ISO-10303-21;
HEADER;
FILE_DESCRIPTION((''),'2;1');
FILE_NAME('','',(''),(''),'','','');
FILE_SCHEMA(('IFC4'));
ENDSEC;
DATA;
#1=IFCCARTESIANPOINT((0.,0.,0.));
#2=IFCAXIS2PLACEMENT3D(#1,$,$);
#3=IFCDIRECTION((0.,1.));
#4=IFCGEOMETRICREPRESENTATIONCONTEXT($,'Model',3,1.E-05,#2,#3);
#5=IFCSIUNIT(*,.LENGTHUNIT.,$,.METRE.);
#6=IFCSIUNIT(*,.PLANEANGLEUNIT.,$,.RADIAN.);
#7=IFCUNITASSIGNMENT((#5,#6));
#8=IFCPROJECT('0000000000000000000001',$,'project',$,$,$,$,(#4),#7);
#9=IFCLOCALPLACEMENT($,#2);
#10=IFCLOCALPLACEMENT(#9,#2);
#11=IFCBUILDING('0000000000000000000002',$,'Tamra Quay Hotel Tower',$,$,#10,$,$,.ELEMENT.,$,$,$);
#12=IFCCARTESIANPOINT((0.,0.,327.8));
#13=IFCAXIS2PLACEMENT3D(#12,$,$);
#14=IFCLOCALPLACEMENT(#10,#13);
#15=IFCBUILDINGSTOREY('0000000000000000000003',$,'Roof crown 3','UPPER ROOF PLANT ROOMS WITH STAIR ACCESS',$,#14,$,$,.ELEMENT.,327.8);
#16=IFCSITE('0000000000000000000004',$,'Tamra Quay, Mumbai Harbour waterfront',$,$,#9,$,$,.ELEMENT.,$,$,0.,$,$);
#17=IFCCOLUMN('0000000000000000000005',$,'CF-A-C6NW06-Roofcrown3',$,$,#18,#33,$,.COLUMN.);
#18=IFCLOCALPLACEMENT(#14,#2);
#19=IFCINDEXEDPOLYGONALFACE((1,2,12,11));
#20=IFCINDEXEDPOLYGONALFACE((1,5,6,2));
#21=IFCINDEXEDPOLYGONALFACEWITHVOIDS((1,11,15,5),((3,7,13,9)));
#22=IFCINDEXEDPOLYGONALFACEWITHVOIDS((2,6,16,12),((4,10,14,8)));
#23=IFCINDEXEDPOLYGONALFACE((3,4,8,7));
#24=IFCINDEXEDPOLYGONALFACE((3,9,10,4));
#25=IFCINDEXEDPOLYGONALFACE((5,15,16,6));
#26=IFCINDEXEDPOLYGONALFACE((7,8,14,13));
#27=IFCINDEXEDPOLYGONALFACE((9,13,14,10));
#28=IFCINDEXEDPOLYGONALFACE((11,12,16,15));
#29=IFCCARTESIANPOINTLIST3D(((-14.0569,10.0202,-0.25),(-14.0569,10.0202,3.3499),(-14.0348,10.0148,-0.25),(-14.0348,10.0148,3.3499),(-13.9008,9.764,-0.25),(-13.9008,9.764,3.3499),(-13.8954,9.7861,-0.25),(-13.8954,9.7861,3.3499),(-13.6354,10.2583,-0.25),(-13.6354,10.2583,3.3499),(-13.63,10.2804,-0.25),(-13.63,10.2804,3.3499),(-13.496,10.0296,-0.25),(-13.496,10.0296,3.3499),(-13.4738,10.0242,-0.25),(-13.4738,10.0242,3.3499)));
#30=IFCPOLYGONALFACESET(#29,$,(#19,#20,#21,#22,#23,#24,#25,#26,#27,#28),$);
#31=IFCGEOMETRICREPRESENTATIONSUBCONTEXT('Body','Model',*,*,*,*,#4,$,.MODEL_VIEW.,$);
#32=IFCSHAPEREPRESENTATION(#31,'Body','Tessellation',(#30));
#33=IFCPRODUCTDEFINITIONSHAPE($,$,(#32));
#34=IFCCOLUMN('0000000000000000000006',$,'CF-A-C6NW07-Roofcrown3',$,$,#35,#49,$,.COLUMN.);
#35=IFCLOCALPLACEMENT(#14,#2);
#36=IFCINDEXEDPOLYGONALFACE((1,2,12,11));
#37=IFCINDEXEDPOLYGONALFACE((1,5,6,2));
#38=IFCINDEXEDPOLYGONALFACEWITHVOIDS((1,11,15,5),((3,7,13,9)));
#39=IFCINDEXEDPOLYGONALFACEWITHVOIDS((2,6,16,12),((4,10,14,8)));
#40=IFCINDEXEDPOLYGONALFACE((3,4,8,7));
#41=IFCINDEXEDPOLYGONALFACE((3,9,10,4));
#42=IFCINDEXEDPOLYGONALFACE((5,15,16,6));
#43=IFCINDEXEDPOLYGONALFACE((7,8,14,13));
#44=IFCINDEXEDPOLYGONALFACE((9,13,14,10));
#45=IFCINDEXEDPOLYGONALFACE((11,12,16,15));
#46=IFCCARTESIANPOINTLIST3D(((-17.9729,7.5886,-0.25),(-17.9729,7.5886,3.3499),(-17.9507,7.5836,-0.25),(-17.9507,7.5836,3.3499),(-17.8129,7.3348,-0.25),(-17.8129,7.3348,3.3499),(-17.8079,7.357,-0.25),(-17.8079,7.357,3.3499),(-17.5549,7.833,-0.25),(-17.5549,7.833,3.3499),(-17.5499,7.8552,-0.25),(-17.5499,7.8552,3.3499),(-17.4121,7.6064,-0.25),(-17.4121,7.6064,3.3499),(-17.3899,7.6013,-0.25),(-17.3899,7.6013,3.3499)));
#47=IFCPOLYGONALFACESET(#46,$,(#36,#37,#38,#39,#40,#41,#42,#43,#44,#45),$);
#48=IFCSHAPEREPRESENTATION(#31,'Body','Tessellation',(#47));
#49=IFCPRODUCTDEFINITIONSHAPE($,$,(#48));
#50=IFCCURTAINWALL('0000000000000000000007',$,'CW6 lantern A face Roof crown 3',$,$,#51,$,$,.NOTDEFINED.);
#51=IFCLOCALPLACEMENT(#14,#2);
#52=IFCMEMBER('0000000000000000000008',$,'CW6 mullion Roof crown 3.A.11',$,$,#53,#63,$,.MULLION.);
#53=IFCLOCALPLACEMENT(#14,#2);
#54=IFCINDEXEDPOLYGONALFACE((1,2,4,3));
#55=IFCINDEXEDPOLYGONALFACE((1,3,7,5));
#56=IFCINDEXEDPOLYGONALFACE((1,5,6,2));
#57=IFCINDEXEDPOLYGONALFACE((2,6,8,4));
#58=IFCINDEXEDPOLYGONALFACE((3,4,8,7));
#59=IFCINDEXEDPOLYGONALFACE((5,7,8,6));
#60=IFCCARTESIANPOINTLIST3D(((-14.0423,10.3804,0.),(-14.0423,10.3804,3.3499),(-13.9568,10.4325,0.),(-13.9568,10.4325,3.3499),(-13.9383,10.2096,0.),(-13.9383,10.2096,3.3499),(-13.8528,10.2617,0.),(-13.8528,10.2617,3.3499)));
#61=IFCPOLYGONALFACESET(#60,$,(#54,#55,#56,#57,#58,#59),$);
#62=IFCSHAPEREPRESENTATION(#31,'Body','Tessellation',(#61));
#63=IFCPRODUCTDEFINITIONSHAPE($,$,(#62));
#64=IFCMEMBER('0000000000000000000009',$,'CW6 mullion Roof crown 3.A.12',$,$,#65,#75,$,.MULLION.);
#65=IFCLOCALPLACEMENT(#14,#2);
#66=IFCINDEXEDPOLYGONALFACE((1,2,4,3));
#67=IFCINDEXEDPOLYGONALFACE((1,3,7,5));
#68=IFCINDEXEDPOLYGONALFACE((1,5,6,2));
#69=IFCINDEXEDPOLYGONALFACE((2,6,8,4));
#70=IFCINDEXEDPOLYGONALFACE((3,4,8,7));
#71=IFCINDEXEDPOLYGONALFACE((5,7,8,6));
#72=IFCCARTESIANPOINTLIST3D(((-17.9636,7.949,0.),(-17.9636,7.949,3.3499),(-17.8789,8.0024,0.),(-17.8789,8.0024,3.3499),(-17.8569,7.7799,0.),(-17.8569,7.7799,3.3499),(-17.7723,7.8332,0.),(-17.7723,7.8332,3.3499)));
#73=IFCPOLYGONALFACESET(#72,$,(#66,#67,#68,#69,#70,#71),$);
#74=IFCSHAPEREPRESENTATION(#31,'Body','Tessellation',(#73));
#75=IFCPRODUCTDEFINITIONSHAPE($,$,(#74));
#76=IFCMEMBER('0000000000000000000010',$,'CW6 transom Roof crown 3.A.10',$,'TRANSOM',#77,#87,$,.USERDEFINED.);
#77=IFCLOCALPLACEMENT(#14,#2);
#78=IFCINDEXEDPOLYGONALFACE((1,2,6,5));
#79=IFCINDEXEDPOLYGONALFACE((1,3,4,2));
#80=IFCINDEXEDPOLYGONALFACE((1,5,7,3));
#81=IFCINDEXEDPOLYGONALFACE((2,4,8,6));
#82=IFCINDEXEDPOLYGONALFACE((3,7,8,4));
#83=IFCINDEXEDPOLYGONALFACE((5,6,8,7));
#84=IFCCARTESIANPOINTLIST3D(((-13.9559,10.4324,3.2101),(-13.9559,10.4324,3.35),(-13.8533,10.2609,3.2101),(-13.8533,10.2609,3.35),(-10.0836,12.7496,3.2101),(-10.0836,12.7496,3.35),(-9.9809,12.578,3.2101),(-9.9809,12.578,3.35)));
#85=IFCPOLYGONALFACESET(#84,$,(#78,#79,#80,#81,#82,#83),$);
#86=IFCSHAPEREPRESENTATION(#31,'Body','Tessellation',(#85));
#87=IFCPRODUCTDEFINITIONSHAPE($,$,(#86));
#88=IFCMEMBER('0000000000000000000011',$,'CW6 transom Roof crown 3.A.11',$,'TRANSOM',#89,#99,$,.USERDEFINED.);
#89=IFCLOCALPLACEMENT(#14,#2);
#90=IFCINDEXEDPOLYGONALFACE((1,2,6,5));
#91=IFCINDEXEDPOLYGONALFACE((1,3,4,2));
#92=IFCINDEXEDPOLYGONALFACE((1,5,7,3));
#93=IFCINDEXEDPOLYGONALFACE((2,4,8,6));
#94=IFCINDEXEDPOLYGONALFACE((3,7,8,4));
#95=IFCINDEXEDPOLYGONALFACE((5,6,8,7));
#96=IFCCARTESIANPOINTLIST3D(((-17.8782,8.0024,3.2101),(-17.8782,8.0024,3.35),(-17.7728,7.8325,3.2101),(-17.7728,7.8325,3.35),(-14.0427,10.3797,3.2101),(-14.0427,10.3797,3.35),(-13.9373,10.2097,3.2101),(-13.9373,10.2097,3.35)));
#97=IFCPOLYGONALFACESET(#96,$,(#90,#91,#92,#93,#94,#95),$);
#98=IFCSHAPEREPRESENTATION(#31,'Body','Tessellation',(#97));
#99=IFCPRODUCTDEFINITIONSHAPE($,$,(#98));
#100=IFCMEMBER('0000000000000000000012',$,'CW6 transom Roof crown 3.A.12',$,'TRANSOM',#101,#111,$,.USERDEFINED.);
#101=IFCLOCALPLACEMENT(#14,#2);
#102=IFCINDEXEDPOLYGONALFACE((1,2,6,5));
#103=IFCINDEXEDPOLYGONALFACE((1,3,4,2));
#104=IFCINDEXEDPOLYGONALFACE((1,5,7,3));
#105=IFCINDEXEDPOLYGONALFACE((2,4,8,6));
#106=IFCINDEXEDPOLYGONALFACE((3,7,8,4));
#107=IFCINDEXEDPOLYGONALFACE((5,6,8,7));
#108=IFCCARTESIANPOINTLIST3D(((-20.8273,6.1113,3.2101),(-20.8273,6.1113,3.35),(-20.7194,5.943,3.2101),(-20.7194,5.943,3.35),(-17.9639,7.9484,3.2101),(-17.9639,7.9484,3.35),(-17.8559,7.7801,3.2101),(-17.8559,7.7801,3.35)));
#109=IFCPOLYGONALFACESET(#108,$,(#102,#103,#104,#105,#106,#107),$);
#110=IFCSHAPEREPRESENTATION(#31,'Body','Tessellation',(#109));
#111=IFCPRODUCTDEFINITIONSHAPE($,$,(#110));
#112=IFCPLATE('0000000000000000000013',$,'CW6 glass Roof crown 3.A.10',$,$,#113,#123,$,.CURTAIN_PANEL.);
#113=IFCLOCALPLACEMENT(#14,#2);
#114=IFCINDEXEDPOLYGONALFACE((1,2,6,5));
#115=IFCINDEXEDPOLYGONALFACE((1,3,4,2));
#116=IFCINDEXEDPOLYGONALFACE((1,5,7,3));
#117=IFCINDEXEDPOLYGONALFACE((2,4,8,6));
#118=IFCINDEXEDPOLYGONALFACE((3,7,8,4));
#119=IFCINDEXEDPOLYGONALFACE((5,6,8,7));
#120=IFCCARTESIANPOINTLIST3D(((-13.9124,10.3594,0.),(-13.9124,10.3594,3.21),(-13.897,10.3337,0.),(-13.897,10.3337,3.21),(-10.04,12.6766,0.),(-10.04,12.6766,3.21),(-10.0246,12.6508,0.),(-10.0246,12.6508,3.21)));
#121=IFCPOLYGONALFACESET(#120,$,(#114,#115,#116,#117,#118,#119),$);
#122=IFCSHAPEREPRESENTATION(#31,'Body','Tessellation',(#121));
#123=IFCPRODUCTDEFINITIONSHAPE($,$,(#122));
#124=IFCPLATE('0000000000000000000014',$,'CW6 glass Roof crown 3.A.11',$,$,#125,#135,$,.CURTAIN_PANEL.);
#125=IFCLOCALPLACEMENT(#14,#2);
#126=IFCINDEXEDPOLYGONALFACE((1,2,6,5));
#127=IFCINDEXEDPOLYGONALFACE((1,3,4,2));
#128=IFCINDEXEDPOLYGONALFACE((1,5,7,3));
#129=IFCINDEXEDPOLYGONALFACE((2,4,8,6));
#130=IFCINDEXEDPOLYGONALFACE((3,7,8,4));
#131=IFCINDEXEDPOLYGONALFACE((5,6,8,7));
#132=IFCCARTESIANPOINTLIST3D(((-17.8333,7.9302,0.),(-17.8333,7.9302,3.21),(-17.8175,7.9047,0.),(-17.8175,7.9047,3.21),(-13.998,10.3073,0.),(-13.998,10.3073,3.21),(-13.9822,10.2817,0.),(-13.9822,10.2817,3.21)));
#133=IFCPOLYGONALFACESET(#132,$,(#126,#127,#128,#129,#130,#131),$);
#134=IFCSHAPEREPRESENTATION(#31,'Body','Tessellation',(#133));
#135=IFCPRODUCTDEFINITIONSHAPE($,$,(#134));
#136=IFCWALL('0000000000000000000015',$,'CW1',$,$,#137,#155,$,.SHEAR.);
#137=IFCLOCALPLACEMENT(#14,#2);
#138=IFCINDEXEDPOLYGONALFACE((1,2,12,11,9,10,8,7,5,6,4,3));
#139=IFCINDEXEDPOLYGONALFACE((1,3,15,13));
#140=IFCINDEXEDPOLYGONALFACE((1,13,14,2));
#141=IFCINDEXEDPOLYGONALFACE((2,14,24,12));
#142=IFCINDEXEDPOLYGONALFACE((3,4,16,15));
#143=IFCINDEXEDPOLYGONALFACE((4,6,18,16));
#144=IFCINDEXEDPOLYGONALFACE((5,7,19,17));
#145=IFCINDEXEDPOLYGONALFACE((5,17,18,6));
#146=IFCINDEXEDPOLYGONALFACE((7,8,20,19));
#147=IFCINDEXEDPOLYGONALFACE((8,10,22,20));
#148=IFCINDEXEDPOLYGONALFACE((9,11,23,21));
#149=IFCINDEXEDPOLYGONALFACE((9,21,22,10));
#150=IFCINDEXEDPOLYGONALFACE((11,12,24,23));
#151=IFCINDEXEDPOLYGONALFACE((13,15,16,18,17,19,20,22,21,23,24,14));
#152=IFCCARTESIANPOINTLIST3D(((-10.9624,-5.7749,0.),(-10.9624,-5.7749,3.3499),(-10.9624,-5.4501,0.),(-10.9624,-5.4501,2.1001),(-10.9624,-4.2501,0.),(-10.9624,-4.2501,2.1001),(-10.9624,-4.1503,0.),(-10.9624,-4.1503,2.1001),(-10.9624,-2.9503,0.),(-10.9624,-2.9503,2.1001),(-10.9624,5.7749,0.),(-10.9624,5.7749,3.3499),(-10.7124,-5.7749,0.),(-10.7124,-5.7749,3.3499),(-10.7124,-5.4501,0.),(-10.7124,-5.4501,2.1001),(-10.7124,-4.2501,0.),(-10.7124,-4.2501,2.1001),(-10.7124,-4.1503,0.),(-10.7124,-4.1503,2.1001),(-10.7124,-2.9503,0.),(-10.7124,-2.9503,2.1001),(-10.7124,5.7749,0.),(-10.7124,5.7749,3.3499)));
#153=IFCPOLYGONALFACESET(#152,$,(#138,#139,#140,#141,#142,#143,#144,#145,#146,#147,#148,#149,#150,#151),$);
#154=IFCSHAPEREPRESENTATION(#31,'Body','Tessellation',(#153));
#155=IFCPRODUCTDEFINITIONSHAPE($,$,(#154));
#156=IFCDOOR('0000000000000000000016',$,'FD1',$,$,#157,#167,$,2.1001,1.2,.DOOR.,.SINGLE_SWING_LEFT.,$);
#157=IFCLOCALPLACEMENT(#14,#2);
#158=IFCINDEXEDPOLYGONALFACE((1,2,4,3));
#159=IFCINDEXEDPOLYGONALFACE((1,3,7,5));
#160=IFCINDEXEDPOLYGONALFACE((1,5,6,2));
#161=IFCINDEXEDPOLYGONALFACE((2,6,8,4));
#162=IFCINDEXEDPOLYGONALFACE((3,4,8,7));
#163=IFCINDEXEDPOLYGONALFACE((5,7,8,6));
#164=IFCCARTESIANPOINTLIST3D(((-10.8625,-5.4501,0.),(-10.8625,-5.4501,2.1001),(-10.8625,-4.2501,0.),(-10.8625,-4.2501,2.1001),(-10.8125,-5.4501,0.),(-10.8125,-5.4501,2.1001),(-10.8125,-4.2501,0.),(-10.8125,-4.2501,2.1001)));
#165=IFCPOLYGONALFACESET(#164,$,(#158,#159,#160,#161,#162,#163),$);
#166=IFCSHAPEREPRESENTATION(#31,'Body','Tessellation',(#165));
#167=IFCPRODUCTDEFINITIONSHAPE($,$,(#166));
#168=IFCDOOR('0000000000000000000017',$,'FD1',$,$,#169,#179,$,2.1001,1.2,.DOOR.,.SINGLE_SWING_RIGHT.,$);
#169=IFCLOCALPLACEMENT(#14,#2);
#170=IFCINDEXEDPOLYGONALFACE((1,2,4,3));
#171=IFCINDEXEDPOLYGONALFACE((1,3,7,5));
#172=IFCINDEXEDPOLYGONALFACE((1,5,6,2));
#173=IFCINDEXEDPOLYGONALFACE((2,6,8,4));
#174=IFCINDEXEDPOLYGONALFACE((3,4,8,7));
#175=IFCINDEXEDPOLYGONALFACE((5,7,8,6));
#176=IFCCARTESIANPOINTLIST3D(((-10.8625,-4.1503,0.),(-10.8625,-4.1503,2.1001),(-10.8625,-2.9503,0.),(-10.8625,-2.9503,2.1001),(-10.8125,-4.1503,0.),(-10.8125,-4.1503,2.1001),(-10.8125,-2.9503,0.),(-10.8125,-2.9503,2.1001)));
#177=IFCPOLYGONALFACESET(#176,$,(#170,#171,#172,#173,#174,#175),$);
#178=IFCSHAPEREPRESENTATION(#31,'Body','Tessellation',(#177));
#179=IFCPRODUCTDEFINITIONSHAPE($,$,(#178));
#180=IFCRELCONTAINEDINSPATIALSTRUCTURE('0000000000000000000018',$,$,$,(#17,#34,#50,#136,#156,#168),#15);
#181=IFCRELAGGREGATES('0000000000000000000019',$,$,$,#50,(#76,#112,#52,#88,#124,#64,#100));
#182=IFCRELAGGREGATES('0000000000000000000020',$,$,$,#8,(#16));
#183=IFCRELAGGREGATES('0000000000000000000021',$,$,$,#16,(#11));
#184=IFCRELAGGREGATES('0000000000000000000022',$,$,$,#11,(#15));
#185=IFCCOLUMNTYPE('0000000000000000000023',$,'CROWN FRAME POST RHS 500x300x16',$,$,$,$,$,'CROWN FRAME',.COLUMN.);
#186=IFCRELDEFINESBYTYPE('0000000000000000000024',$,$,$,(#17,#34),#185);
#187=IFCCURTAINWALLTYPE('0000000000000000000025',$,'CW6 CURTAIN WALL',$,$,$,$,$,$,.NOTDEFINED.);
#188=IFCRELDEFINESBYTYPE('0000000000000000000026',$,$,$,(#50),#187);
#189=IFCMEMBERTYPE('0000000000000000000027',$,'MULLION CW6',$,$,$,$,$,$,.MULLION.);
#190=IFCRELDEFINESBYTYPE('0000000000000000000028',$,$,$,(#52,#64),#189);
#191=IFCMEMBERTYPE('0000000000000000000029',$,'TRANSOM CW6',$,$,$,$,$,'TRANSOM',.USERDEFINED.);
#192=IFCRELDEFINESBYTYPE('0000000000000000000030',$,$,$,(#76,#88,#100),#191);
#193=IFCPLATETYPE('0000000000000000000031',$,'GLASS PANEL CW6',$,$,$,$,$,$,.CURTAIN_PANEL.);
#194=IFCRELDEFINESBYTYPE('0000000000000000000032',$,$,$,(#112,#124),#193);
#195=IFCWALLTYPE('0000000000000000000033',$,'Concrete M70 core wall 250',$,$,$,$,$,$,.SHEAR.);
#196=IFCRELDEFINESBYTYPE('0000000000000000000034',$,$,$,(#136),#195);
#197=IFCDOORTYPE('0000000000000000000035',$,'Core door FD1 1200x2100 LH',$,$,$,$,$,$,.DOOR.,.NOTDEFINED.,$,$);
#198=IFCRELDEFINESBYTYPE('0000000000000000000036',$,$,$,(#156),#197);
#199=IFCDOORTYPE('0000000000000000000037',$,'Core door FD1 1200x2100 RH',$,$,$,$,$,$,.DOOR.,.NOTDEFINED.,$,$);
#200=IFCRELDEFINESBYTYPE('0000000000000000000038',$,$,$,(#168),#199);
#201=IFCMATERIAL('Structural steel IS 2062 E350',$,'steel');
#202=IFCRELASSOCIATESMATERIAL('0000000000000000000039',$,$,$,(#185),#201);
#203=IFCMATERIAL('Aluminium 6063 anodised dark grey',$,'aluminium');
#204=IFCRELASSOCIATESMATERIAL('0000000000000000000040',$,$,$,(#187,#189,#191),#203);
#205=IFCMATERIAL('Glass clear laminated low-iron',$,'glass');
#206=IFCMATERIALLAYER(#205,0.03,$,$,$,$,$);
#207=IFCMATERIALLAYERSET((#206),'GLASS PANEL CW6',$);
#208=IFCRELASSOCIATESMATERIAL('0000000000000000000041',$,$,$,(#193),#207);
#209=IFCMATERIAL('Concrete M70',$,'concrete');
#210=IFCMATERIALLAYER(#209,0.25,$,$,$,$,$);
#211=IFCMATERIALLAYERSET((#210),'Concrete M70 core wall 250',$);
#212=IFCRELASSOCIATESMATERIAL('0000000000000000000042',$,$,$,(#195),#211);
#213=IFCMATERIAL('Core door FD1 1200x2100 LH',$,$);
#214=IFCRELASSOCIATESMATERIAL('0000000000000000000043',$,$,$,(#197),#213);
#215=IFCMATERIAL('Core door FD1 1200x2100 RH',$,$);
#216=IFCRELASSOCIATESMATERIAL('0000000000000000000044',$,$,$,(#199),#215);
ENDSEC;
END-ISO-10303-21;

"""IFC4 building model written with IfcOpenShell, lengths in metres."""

from ifc_helpers import new_model, si_unit, direction, frame, frame_2d, origin, origin_2d, place, context, subcontext, project, spatial, rectangle, hollow_rectangle, extrude, material, layer, layer_set, material_profile, profile_set, type_object, element, fill, aggregate, save


model = new_model("IFC4")

# Units and contexts
model_context = context("Model", 3, precision=1e-05, world=origin(), true_north=direction((0.0, 1.0)))
body_context = subcontext(model_context, "Body", "Model", "MODEL_VIEW")
ifc_project = project(units=[si_unit("LENGTHUNIT", "METRE"), si_unit("PLANEANGLEUNIT", "RADIAN")], contexts=[model_context])

# Site, building, storey
site_placement = place(None, origin())
site = spatial("IfcSite", under=ifc_project, at=site_placement, Name="Tamra Quay, Mumbai Harbour waterfront", CompositionType="ELEMENT", RefElevation=0.0)
building_placement = place(site_placement, origin())
building = spatial("IfcBuilding", under=site, at=building_placement, Name="Tamra Quay Hotel Tower", CompositionType="ELEMENT")
storey_placement = place(building_placement, frame((0.0, 0.0, 327.8)))
storey = spatial("IfcBuildingStorey", under=building, at=storey_placement, Name="Roof crown 3", Description="UPPER ROOF PLANT ROOMS WITH STAIR ACCESS", CompositionType="ELEMENT", Elevation=327.8)

# Columns
ifc_material_1 = material(Name="Structural steel IS 2062 E350", Category="steel")
ifc_material_profile_1 = material_profile(ifc_material_1, hollow_rectangle(XDim=0.3, YDim=0.5, WallThickness=0.0161, at=origin_2d()), Name="RHS 500x300x16")
ifc_profile_set_1 = profile_set([ifc_material_profile_1], Name="Structural steel IS 2062 E350")
column_type = type_object("IfcColumnType", Name="CROWN FRAME POST RHS 500x300x16", ElementType="CROWN FRAME", PredefinedType="COLUMN", material=ifc_profile_set_1)
for number, where, z_axis, x_axis, name in (
    (1, (-13.7654, 10.0222, -0.25), (0.0, 0.0, 1.0), (-0.52043, 0.853904, 0.0), "CF-A-C6NW06-Roofcrown3"),
    (2, (-17.6814, 7.595, -0.25), (0.0, 0.0, 1.0), (-0.533133, 0.846031, 0.0), "CF-A-C6NW07-Roofcrown3"),
):
    element("IfcColumn", number, at=place(storey_placement, frame(where, z_axis=z_axis, x_axis=x_axis)), inside=storey, type_object=column_type, Name=name, PredefinedType="COLUMN", context=body_context, shape_type="SweptSolid", body=[
        extrude(hollow_rectangle(XDim=0.3, YDim=0.5, WallThickness=0.0161, at=origin_2d()), origin(), (0.0, 0.0, 1.0), 3.5999),
    ])

# Curtain wall, members, plates
ifc_material_2 = material(Name="Aluminium 6063 anodised dark grey", Category="aluminium")
curtain_wall_type = type_object("IfcCurtainWallType", Name="CW6 CURTAIN WALL", PredefinedType="NOTDEFINED", material=ifc_material_2)
curtain_wall_placement = place(storey_placement, origin())
curtain_wall = element("IfcCurtainWall", 3, at=curtain_wall_placement, inside=storey, type_object=curtain_wall_type, Name="CW6 lantern A face Roof crown 3", PredefinedType="NOTDEFINED")
ifc_material_profile_2 = material_profile(ifc_material_2, rectangle(XDim=0.2, YDim=0.1001, at=origin_2d()), Name="MULLION 100X200")
ifc_profile_set_2 = profile_set([ifc_material_profile_2], Name="Aluminium 6063 anodised dark grey")
member_type_1 = type_object("IfcMemberType", Name="MULLION CW6", PredefinedType="MULLION", material=ifc_profile_set_2)
member_1_placement = place(storey_placement, frame((-13.9475, 10.321, 0.0), z_axis=(0.0, 0.0, 1.0), x_axis=(-0.52016, 0.854069, 0.0)))
member_1 = element("IfcMember", 4, at=member_1_placement, type_object=member_type_1, Name="CW6 mullion Roof crown 3.A.11", PredefinedType="MULLION", context=body_context, shape_type="SweptSolid", body=[
    extrude(rectangle(XDim=0.2, YDim=0.1001, at=origin_2d()), origin(), (0.0, 0.0, 1.0), 3.3499),
])
member_2_placement = place(storey_placement, frame((-17.8679, 7.8911, 0.0), z_axis=(0.0, 0.0, 1.0), x_axis=(-0.533422, 0.845849, 0.0)))
member_2 = element("IfcMember", 5, at=member_2_placement, type_object=member_type_1, Name="CW6 mullion Roof crown 3.A.12", PredefinedType="MULLION", context=body_context, shape_type="SweptSolid", body=[
    extrude(rectangle(XDim=0.2, YDim=0.1001, at=origin_2d()), origin(), (0.0, 0.0, 1.0), 3.3499),
])
ifc_material_profile_3 = material_profile(ifc_material_2, rectangle(XDim=0.2, YDim=0.1399, at=origin_2d()), Name="TRANSOM 200X140")
ifc_profile_set_3 = profile_set([ifc_material_profile_3], Name="Aluminium 6063 anodised dark grey")
member_type_2 = type_object("IfcMemberType", Name="TRANSOM CW6", ElementType="TRANSOM", PredefinedType="USERDEFINED", material=ifc_profile_set_3)
member_3_placement = place(storey_placement, frame((-10.0322, 12.6638, 3.28), z_axis=(-0.858103, -0.513477, 0.0), x_axis=(0.513477, -0.858103, 0.0)))
member_3 = element("IfcMember", 6, at=member_3_placement, type_object=member_type_2, Name="CW6 transom Roof crown 3.A.10", ObjectType="TRANSOM", PredefinedType="USERDEFINED", context=body_context, shape_type="SweptSolid", body=[
    extrude(rectangle(XDim=0.2, YDim=0.1399, at=origin_2d()), origin(), (0.0, 0.0, 1.0), 4.5127),
])
member_4_placement = place(storey_placement, frame((-13.99, 10.2947, 3.28), z_axis=(-0.84998, -0.526815, 0.0), x_axis=(0.526815, -0.84998, 0.0)))
member_4 = element("IfcMember", 7, at=member_4_placement, type_object=member_type_2, Name="CW6 transom Roof crown 3.A.11", ObjectType="TRANSOM", PredefinedType="USERDEFINED", context=body_context, shape_type="SweptSolid", body=[
    extrude(rectangle(XDim=0.2, YDim=0.1399, at=origin_2d()), origin(), (0.0, 0.0, 1.0), 4.5125),
])
member_5_placement = place(storey_placement, frame((-17.9099, 7.8643, 3.28), z_axis=(-0.84167, -0.539992, 0.0), x_axis=(0.539992, -0.84167, 0.0)))
member_5 = element("IfcMember", 8, at=member_5_placement, type_object=member_type_2, Name="CW6 transom Roof crown 3.A.12", ObjectType="TRANSOM", PredefinedType="USERDEFINED", context=body_context, shape_type="SweptSolid", body=[
    extrude(rectangle(XDim=0.2, YDim=0.1399, at=origin_2d()), origin(), (0.0, 0.0, 1.0), 3.4021),
])
ifc_material_3 = material(Name="Glass clear laminated low-iron", Category="glass")
ifc_layer_1 = layer(ifc_material_3, 0.03)
ifc_layer_set_1 = layer_set([ifc_layer_1], Name="GLASS PANEL CW6")
plate_type = type_object("IfcPlateType", Name="GLASS PANEL CW6", PredefinedType="CURTAIN_PANEL", material=ifc_layer_set_1)
plate_1_placement = place(storey_placement, frame((-11.9685, 11.5051, 0.0), z_axis=(0.0, 0.0, 1.0), x_axis=(-0.858104, -0.513477, 0.0)))
plate_1 = element("IfcPlate", 9, at=plate_1_placement, type_object=plate_type, Name="CW6 glass Roof crown 3.A.10", PredefinedType="CURTAIN_PANEL", context=body_context, shape_type="SweptSolid", body=[
    extrude(rectangle(XDim=4.5127, YDim=0.03, at=origin_2d()), origin(), (0.0, 0.0, 1.0), 3.21),
])
plate_2_placement = place(storey_placement, frame((-15.9077, 9.106, 0.0), z_axis=(0.0, 0.0, 1.0), x_axis=(-0.849982, -0.526812, 0.0)))
plate_2 = element("IfcPlate", 10, at=plate_2_placement, type_object=plate_type, Name="CW6 glass Roof crown 3.A.11", PredefinedType="CURTAIN_PANEL", context=body_context, shape_type="SweptSolid", body=[
    extrude(rectangle(XDim=4.5122, YDim=0.03, at=origin_2d()), origin(), (0.0, 0.0, 1.0), 3.21),
])
aggregate(curtain_wall, [member_3, plate_1, member_1, member_4, plate_2, member_2, member_5])

# Wall, openings, doors
ifc_material_4 = material(Name="Concrete M70", Category="concrete")
ifc_layer_2 = layer(ifc_material_4, 0.25)
ifc_layer_set_2 = layer_set([ifc_layer_2], Name="Concrete M70 core wall 250")
wall_type_1 = type_object("IfcWallType", Name="Concrete M70 core wall 250", PredefinedType="SHEAR", material=ifc_layer_set_2)
wall_1_placement = place(storey_placement, frame((-10.8374, 5.7749, 0.0), z_axis=(0.0, 0.0, 1.0), x_axis=(0.0, -1.0, 0.0)))
wall_1 = element("IfcWall", 11, at=wall_1_placement, inside=storey, type_object=wall_type_1, Name="CW1", PredefinedType="SHEAR", context=body_context, shape_type="SweptSolid", body=[
    extrude(rectangle(XDim=11.5498, YDim=0.25, at=frame_2d((5.7749, 0.0))), origin(), (0.0, 0.0, 1.0), 3.3499),
])
opening_1_placement = place(wall_1_placement, frame((10.0249, 0.0, 0.0)))
opening_1 = element("IfcOpeningElement", 12, at=opening_1_placement, cuts=wall_1, PredefinedType="OPENING", context=body_context, shape_type="SweptSolid", body=[
    extrude(rectangle(XDim=1.2, YDim=2.1001, at=frame_2d((0.6001, 1.05))), frame((0.0, 0.135, 0.0), z_axis=(0.0, -1.0, 0.0), x_axis=(1.0, 0.0, 0.0)), (0.0, 0.0, 1.0), 0.27),
])
opening_2_placement = place(wall_1_placement, frame((8.7251, 0.0, 0.0)))
opening_2 = element("IfcOpeningElement", 13, at=opening_2_placement, cuts=wall_1, PredefinedType="OPENING", context=body_context, shape_type="SweptSolid", body=[
    extrude(rectangle(XDim=1.2, YDim=2.1001, at=frame_2d((0.6001, 1.05))), frame((0.0, 0.135, 0.0), z_axis=(0.0, -1.0, 0.0), x_axis=(1.0, 0.0, 0.0)), (0.0, 0.0, 1.0), 0.27),
])
ifc_material_5 = material(Name="Core door FD1 1200x2100 LH")
door_type_1 = type_object("IfcDoorType", Name="Core door FD1 1200x2100 LH", OperationType="NOTDEFINED", PredefinedType="DOOR", material=ifc_material_5)
door_1_placement = place(opening_1_placement, origin())
door_1 = element("IfcDoor", 14, at=door_1_placement, inside=storey, type_object=door_type_1, Name="FD1", OperationType="SINGLE_SWING_LEFT", OverallHeight=2.1001, OverallWidth=1.2, PredefinedType="DOOR", context=body_context, shape_type="SweptSolid", body=[
    extrude(rectangle(XDim=1.2, YDim=2.1001, at=frame_2d((0.6001, 1.05))), frame((0.0, 0.0249, 0.0), z_axis=(0.0, -1.0, 0.0), x_axis=(1.0, 0.0, 0.0)), (0.0, 0.0, 1.0), 0.05),
])
fill(opening_1, door_1)
ifc_material_6 = material(Name="Core door FD1 1200x2100 RH")
door_type_2 = type_object("IfcDoorType", Name="Core door FD1 1200x2100 RH", OperationType="NOTDEFINED", PredefinedType="DOOR", material=ifc_material_6)
door_2_placement = place(opening_2_placement, origin())
door_2 = element("IfcDoor", 15, at=door_2_placement, inside=storey, type_object=door_type_2, Name="FD1", OperationType="SINGLE_SWING_RIGHT", OverallHeight=2.1001, OverallWidth=1.2, PredefinedType="DOOR", context=body_context, shape_type="SweptSolid", body=[
    extrude(rectangle(XDim=1.2, YDim=2.1001, at=frame_2d((0.6001, 1.05))), frame((0.0, 0.0249, 0.0), z_axis=(0.0, -1.0, 0.0), x_axis=(1.0, 0.0, 0.0)), (0.0, 0.0, 1.0), 0.05),
])
fill(opening_2, door_2)

save(model, "model.ifc")
